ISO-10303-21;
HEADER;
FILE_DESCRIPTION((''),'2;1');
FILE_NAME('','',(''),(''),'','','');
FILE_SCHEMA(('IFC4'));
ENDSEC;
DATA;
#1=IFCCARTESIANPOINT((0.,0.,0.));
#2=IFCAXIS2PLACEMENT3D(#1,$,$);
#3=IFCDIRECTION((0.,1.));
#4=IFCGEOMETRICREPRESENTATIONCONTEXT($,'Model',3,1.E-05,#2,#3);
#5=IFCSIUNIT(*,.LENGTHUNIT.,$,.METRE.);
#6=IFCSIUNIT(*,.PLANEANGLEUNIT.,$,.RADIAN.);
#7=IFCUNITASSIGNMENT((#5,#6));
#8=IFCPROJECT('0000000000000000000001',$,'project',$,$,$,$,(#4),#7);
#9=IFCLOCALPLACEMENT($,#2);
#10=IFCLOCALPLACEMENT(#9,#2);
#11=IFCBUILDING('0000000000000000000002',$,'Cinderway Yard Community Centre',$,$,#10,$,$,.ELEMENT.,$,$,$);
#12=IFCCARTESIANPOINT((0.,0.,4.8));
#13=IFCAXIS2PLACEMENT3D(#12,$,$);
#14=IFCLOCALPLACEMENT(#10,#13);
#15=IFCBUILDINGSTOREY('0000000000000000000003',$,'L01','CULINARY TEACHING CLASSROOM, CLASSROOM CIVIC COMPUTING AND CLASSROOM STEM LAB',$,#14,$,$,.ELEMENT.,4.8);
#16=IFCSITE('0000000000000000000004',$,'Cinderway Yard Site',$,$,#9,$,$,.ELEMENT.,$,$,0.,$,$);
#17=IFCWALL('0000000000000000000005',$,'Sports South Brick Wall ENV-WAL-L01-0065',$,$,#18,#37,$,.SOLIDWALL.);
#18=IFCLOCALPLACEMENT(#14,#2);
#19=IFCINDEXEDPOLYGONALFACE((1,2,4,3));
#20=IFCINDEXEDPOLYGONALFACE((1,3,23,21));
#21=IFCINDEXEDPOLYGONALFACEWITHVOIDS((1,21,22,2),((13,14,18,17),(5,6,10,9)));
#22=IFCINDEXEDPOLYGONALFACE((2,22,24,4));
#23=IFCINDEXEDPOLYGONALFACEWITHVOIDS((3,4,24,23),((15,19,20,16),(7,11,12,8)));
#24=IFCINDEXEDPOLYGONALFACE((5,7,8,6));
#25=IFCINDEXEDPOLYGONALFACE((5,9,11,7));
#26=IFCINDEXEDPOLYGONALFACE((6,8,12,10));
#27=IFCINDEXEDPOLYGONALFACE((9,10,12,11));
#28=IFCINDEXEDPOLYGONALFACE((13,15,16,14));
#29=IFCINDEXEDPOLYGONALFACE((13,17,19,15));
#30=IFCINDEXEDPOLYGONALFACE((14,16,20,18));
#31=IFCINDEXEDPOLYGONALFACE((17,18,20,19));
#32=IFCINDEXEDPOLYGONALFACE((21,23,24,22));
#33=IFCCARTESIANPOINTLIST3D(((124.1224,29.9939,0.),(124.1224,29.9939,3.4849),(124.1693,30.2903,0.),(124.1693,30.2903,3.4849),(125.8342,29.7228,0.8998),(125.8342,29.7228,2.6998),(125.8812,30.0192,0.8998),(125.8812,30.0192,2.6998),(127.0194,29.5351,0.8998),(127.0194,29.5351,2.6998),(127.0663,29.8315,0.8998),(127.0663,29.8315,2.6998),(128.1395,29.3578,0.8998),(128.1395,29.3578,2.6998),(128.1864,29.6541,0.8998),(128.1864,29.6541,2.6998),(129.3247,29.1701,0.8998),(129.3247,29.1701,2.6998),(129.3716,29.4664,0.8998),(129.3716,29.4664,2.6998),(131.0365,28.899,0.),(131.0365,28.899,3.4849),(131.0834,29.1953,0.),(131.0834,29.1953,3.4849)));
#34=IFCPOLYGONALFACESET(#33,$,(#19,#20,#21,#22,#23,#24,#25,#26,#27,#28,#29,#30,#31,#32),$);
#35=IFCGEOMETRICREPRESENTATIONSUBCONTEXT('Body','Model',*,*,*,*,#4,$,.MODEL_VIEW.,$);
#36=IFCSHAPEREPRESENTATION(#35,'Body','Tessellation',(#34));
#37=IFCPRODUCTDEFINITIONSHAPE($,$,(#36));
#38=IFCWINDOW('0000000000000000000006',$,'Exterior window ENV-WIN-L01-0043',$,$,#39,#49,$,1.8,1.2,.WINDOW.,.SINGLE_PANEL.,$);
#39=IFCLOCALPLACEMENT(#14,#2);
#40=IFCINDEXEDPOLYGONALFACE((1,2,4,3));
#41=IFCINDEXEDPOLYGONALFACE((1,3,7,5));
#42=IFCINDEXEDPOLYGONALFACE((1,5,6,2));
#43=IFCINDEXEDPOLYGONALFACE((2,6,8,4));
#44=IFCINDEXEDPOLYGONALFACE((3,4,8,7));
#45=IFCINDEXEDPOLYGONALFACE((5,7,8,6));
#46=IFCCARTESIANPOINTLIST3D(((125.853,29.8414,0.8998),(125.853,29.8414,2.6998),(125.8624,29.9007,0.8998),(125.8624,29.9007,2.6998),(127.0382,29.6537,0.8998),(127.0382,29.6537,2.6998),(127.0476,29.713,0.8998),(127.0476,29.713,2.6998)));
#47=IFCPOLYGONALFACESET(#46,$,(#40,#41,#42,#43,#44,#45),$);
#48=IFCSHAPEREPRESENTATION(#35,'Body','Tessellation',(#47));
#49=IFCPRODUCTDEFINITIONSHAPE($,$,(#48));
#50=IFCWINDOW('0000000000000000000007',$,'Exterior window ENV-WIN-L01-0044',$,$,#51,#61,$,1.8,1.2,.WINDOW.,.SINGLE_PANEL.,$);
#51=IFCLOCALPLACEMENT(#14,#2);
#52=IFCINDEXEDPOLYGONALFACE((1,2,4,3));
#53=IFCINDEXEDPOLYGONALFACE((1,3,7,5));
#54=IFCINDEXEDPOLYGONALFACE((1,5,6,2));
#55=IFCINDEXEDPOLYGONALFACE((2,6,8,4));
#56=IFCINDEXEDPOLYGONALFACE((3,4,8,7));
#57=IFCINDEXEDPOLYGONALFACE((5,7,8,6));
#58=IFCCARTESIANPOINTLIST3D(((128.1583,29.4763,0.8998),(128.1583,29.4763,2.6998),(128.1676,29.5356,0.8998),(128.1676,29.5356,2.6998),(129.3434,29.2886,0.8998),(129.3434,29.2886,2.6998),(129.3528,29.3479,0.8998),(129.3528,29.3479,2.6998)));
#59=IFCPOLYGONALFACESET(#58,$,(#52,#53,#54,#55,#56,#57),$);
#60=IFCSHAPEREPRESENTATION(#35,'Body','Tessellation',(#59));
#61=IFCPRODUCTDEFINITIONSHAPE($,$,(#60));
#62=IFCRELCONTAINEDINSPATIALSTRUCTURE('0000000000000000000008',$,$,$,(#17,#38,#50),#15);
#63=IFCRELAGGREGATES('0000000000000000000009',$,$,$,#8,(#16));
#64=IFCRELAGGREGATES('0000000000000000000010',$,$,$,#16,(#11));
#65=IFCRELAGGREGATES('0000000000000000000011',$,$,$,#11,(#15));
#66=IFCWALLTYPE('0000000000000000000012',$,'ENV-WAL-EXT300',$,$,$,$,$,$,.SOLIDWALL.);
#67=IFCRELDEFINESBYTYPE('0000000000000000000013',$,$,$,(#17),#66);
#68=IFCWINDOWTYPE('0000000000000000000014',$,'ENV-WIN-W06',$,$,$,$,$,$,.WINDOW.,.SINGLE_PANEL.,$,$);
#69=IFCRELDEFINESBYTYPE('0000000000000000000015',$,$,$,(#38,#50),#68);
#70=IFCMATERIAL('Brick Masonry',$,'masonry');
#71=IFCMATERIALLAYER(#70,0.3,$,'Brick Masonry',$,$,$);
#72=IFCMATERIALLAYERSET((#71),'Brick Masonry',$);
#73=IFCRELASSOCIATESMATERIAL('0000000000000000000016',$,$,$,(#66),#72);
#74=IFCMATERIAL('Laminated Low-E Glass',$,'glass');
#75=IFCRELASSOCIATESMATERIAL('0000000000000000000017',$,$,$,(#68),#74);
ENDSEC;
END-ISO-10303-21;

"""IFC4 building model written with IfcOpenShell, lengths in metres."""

from ifc_helpers import new_model, si_unit, direction, frame, frame_2d, origin, place, context, subcontext, project, spatial, rectangle, extrude, material, layer, layer_set, type_object, element, fill, save


model = new_model("IFC4")

# Units and contexts
model_context = context("Model", 3, precision=1e-05, world=origin(), true_north=direction((0.0, 1.0)))
body_context = subcontext(model_context, "Body", "Model", "MODEL_VIEW")
ifc_project = project(units=[si_unit("LENGTHUNIT", "METRE"), si_unit("PLANEANGLEUNIT", "RADIAN")], contexts=[model_context])

# Site, building, storey
site_placement = place(None, origin())
site = spatial("IfcSite", under=ifc_project, at=site_placement, Name="Cinderway Yard Site", CompositionType="ELEMENT", RefElevation=0.0)
building_placement = place(site_placement, origin())
building = spatial("IfcBuilding", under=site, at=building_placement, Name="Cinderway Yard Community Centre", CompositionType="ELEMENT")
storey_placement = place(building_placement, frame((0.0, 0.0, 4.8)))
storey = spatial("IfcBuildingStorey", under=building, at=storey_placement, Name="L01", Description="CULINARY TEACHING CLASSROOM, CLASSROOM CIVIC COMPUTING AND CLASSROOM STEM LAB", CompositionType="ELEMENT", Elevation=4.8)

# Shared definitions
ifc_material_1 = material(Name="Laminated Low-E Glass", Category="glass")

# Wall, openings, windows
ifc_material_2 = material(Name="Brick Masonry", Category="masonry")
ifc_layer_1 = layer(ifc_material_2, 0.3, Name="Brick Masonry")
ifc_layer_set_1 = layer_set([ifc_layer_1], Name="Brick Masonry")
wall_type = type_object("IfcWallType", Name="ENV-WAL-EXT300", PredefinedType="SOLIDWALL", material=ifc_layer_set_1)
wall_placement = place(storey_placement, frame((124.146, 30.1421, 0.0), z_axis=(0.0, 0.0, 1.0), x_axis=(0.987691, -0.156419, 0.0)))
wall = element("IfcWall", 1, at=wall_placement, inside=storey, type_object=wall_type, Name="Sports South Brick Wall ENV-WAL-L01-0065", PredefinedType="SOLIDWALL", context=body_context, shape_type="SweptSolid", body=[
    extrude(rectangle(XDim=7.0002, YDim=0.3, at=frame_2d((3.5, 0.0))), origin(), (0.0, 0.0, 1.0), 3.4849),
])
opening_1_placement = place(wall_placement, frame((1.7329, 0.0, 0.8999)))
opening_1 = element("IfcOpeningElement", 2, at=opening_1_placement, cuts=wall, PredefinedType="OPENING", context=body_context, shape_type="SweptSolid", body=[
    extrude(rectangle(XDim=1.2, YDim=1.8, at=frame_2d((0.6001, 0.8999))), frame((0.0, 0.1599, 0.0), z_axis=(0.0, -1.0, 0.0), x_axis=(1.0, 0.0, 0.0)), (0.0, 0.0, 1.0), 0.3201),
])
opening_2_placement = place(wall_placement, frame((4.0669, 0.0, 0.8999)))
opening_2 = element("IfcOpeningElement", 3, at=opening_2_placement, cuts=wall, PredefinedType="OPENING", context=body_context, shape_type="SweptSolid", body=[
    extrude(rectangle(XDim=1.2, YDim=1.8, at=frame_2d((0.6001, 0.8999))), frame((0.0, 0.1599, 0.0), z_axis=(0.0, -1.0, 0.0), x_axis=(1.0, 0.0, 0.0)), (0.0, 0.0, 1.0), 0.3201),
])
window_type = type_object("IfcWindowType", Name="ENV-WIN-W06", PartitioningType="SINGLE_PANEL", PredefinedType="WINDOW", material=ifc_material_1)
window_1_placement = place(opening_1_placement, origin())
window_1 = element("IfcWindow", 4, at=window_1_placement, inside=storey, type_object=window_type, Name="Exterior window ENV-WIN-L01-0043", OverallHeight=1.8, OverallWidth=1.2, PartitioningType="SINGLE_PANEL", PredefinedType="WINDOW", context=body_context, shape_type="SweptSolid", body=[
    extrude(rectangle(XDim=1.2, YDim=1.8, at=frame_2d((0.6001, 0.8999))), frame((0.0, 0.03, 0.0), z_axis=(0.0, -1.0, 0.0), x_axis=(1.0, 0.0, 0.0)), (0.0, 0.0, 1.0), 0.0601),
])
fill(opening_1, window_1)
window_2_placement = place(opening_2_placement, origin())
window_2 = element("IfcWindow", 5, at=window_2_placement, inside=storey, type_object=window_type, Name="Exterior window ENV-WIN-L01-0044", OverallHeight=1.8, OverallWidth=1.2, PartitioningType="SINGLE_PANEL", PredefinedType="WINDOW", context=body_context, shape_type="SweptSolid", body=[
    extrude(rectangle(XDim=1.2, YDim=1.8, at=frame_2d((0.6001, 0.8999))), frame((0.0, 0.03, 0.0), z_axis=(0.0, -1.0, 0.0), x_axis=(1.0, 0.0, 0.0)), (0.0, 0.0, 1.0), 0.0601),
])
fill(opening_2, window_2)

save(model, "model.ifc")
